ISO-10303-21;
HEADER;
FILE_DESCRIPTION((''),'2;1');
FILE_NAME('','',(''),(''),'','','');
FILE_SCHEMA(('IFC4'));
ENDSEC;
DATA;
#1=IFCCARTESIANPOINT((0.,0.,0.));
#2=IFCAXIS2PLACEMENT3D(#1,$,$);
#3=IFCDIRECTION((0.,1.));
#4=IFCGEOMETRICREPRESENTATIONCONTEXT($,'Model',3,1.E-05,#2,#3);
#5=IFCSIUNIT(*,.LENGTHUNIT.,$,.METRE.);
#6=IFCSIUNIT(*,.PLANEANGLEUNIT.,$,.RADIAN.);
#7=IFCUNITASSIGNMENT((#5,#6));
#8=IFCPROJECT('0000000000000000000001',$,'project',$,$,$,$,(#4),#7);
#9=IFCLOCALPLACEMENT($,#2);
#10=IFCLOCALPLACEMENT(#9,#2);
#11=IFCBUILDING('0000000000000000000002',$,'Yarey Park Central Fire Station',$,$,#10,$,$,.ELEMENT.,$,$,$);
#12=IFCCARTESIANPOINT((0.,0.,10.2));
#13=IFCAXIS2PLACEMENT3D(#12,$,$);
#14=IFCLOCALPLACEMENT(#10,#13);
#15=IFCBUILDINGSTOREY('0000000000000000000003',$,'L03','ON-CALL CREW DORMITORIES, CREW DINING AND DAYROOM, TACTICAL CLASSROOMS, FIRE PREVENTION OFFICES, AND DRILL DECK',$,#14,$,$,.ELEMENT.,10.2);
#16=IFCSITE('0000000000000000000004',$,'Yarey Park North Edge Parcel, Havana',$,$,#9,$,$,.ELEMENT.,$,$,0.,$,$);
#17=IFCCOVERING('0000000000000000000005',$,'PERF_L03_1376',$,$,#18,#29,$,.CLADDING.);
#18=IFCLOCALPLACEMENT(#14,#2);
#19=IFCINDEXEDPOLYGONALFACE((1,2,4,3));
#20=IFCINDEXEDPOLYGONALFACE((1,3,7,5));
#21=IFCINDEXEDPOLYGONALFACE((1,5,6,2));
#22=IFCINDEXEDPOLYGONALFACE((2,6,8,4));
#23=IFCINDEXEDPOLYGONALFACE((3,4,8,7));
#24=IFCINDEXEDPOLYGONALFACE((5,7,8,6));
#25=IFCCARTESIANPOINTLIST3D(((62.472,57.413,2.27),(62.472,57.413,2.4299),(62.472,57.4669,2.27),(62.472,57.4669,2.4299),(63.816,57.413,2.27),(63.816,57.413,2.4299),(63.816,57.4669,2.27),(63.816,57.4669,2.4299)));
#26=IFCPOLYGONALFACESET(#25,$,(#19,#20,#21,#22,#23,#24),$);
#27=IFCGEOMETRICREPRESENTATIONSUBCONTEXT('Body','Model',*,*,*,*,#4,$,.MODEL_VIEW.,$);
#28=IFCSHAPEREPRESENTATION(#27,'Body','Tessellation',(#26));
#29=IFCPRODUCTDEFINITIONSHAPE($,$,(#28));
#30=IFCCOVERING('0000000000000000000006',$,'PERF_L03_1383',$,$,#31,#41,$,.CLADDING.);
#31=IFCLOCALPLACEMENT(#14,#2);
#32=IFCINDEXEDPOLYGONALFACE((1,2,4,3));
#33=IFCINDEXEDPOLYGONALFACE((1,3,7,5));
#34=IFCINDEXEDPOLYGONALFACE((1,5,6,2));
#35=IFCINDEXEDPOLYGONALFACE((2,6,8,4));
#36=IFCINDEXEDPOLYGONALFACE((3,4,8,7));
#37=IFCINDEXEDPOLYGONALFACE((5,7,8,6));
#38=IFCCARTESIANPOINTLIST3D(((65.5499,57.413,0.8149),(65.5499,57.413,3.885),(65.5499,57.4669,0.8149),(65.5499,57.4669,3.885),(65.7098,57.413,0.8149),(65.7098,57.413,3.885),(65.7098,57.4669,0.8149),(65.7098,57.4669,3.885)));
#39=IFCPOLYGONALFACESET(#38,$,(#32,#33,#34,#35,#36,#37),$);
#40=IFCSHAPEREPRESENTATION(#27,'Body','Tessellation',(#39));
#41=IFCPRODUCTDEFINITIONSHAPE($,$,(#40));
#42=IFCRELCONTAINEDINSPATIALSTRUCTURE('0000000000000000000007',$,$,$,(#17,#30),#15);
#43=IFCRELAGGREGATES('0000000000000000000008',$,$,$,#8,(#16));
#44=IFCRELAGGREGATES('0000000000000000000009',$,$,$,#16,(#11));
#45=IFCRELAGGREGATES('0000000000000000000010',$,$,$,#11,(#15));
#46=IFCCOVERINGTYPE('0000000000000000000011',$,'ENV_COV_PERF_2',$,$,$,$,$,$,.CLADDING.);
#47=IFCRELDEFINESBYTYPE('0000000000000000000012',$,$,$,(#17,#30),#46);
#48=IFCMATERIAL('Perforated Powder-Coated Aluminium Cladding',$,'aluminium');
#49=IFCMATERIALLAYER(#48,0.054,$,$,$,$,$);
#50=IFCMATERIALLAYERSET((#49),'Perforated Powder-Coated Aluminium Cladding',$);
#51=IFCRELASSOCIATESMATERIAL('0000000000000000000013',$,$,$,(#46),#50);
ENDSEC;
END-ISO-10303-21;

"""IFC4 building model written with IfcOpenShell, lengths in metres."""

from ifc_helpers import new_model, si_unit, direction, frame, origin, origin_2d, place, context, subcontext, project, spatial, rectangle, extrude, material, layer, layer_set, type_object, element, save


model = new_model("IFC4")

# Units and contexts
model_context = context("Model", 3, precision=1e-05, world=origin(), true_north=direction((0.0, 1.0)))
body_context = subcontext(model_context, "Body", "Model", "MODEL_VIEW")
ifc_project = project(units=[si_unit("LENGTHUNIT", "METRE"), si_unit("PLANEANGLEUNIT", "RADIAN")], contexts=[model_context])

# Site, building, storey
site_placement = place(None, origin())
site = spatial("IfcSite", under=ifc_project, at=site_placement, Name="Yarey Park North Edge Parcel, Havana", CompositionType="ELEMENT", RefElevation=0.0)
building_placement = place(site_placement, origin())
building = spatial("IfcBuilding", under=site, at=building_placement, Name="Yarey Park Central Fire Station", CompositionType="ELEMENT")
storey_placement = place(building_placement, frame((0.0, 0.0, 10.2)))
storey = spatial("IfcBuildingStorey", under=building, at=storey_placement, Name="L03", Description="ON-CALL CREW DORMITORIES, CREW DINING AND DAYROOM, TACTICAL CLASSROOMS, FIRE PREVENTION OFFICES, AND DRILL DECK", CompositionType="ELEMENT", Elevation=10.2)

# Coverings
ifc_material_1 = material(Name="Perforated Powder-Coated Aluminium Cladding", Category="aluminium")
ifc_layer_1 = layer(ifc_material_1, 0.054)
ifc_layer_set_1 = layer_set([ifc_layer_1], Name="Perforated Powder-Coated Aluminium Cladding")
covering_type_1 = type_object("IfcCoveringType", Name="ENV_COV_PERF_2", PredefinedType="CLADDING", material=ifc_layer_set_1)
covering_1_placement = place(storey_placement, frame((63.144, 57.4399, 2.27), z_axis=(0.0, 0.0, 1.0), x_axis=(1.0, 0.0, 0.0)))
element("IfcCovering", 1, at=covering_1_placement, inside=storey, type_object=covering_type_1, Name="PERF_L03_1376", PredefinedType="CLADDING", context=body_context, shape_type="SweptSolid", body=[
    extrude(rectangle(XDim=1.344, YDim=0.054, at=origin_2d()), origin(), (0.0, 0.0, 1.0), 0.1599),
])
covering_2_placement = place(storey_placement, frame((65.6299, 57.4399, 0.8149), z_axis=(0.0, 0.0, 1.0), x_axis=(1.0, 0.0, 0.0)))
element("IfcCovering", 2, at=covering_2_placement, inside=storey, type_object=covering_type_1, Name="PERF_L03_1383", PredefinedType="CLADDING", context=body_context, shape_type="SweptSolid", body=[
    extrude(rectangle(XDim=0.1599, YDim=0.054, at=origin_2d()), origin(), (0.0, 0.0, 1.0), 3.0701),
])

save(model, "model.ifc")
